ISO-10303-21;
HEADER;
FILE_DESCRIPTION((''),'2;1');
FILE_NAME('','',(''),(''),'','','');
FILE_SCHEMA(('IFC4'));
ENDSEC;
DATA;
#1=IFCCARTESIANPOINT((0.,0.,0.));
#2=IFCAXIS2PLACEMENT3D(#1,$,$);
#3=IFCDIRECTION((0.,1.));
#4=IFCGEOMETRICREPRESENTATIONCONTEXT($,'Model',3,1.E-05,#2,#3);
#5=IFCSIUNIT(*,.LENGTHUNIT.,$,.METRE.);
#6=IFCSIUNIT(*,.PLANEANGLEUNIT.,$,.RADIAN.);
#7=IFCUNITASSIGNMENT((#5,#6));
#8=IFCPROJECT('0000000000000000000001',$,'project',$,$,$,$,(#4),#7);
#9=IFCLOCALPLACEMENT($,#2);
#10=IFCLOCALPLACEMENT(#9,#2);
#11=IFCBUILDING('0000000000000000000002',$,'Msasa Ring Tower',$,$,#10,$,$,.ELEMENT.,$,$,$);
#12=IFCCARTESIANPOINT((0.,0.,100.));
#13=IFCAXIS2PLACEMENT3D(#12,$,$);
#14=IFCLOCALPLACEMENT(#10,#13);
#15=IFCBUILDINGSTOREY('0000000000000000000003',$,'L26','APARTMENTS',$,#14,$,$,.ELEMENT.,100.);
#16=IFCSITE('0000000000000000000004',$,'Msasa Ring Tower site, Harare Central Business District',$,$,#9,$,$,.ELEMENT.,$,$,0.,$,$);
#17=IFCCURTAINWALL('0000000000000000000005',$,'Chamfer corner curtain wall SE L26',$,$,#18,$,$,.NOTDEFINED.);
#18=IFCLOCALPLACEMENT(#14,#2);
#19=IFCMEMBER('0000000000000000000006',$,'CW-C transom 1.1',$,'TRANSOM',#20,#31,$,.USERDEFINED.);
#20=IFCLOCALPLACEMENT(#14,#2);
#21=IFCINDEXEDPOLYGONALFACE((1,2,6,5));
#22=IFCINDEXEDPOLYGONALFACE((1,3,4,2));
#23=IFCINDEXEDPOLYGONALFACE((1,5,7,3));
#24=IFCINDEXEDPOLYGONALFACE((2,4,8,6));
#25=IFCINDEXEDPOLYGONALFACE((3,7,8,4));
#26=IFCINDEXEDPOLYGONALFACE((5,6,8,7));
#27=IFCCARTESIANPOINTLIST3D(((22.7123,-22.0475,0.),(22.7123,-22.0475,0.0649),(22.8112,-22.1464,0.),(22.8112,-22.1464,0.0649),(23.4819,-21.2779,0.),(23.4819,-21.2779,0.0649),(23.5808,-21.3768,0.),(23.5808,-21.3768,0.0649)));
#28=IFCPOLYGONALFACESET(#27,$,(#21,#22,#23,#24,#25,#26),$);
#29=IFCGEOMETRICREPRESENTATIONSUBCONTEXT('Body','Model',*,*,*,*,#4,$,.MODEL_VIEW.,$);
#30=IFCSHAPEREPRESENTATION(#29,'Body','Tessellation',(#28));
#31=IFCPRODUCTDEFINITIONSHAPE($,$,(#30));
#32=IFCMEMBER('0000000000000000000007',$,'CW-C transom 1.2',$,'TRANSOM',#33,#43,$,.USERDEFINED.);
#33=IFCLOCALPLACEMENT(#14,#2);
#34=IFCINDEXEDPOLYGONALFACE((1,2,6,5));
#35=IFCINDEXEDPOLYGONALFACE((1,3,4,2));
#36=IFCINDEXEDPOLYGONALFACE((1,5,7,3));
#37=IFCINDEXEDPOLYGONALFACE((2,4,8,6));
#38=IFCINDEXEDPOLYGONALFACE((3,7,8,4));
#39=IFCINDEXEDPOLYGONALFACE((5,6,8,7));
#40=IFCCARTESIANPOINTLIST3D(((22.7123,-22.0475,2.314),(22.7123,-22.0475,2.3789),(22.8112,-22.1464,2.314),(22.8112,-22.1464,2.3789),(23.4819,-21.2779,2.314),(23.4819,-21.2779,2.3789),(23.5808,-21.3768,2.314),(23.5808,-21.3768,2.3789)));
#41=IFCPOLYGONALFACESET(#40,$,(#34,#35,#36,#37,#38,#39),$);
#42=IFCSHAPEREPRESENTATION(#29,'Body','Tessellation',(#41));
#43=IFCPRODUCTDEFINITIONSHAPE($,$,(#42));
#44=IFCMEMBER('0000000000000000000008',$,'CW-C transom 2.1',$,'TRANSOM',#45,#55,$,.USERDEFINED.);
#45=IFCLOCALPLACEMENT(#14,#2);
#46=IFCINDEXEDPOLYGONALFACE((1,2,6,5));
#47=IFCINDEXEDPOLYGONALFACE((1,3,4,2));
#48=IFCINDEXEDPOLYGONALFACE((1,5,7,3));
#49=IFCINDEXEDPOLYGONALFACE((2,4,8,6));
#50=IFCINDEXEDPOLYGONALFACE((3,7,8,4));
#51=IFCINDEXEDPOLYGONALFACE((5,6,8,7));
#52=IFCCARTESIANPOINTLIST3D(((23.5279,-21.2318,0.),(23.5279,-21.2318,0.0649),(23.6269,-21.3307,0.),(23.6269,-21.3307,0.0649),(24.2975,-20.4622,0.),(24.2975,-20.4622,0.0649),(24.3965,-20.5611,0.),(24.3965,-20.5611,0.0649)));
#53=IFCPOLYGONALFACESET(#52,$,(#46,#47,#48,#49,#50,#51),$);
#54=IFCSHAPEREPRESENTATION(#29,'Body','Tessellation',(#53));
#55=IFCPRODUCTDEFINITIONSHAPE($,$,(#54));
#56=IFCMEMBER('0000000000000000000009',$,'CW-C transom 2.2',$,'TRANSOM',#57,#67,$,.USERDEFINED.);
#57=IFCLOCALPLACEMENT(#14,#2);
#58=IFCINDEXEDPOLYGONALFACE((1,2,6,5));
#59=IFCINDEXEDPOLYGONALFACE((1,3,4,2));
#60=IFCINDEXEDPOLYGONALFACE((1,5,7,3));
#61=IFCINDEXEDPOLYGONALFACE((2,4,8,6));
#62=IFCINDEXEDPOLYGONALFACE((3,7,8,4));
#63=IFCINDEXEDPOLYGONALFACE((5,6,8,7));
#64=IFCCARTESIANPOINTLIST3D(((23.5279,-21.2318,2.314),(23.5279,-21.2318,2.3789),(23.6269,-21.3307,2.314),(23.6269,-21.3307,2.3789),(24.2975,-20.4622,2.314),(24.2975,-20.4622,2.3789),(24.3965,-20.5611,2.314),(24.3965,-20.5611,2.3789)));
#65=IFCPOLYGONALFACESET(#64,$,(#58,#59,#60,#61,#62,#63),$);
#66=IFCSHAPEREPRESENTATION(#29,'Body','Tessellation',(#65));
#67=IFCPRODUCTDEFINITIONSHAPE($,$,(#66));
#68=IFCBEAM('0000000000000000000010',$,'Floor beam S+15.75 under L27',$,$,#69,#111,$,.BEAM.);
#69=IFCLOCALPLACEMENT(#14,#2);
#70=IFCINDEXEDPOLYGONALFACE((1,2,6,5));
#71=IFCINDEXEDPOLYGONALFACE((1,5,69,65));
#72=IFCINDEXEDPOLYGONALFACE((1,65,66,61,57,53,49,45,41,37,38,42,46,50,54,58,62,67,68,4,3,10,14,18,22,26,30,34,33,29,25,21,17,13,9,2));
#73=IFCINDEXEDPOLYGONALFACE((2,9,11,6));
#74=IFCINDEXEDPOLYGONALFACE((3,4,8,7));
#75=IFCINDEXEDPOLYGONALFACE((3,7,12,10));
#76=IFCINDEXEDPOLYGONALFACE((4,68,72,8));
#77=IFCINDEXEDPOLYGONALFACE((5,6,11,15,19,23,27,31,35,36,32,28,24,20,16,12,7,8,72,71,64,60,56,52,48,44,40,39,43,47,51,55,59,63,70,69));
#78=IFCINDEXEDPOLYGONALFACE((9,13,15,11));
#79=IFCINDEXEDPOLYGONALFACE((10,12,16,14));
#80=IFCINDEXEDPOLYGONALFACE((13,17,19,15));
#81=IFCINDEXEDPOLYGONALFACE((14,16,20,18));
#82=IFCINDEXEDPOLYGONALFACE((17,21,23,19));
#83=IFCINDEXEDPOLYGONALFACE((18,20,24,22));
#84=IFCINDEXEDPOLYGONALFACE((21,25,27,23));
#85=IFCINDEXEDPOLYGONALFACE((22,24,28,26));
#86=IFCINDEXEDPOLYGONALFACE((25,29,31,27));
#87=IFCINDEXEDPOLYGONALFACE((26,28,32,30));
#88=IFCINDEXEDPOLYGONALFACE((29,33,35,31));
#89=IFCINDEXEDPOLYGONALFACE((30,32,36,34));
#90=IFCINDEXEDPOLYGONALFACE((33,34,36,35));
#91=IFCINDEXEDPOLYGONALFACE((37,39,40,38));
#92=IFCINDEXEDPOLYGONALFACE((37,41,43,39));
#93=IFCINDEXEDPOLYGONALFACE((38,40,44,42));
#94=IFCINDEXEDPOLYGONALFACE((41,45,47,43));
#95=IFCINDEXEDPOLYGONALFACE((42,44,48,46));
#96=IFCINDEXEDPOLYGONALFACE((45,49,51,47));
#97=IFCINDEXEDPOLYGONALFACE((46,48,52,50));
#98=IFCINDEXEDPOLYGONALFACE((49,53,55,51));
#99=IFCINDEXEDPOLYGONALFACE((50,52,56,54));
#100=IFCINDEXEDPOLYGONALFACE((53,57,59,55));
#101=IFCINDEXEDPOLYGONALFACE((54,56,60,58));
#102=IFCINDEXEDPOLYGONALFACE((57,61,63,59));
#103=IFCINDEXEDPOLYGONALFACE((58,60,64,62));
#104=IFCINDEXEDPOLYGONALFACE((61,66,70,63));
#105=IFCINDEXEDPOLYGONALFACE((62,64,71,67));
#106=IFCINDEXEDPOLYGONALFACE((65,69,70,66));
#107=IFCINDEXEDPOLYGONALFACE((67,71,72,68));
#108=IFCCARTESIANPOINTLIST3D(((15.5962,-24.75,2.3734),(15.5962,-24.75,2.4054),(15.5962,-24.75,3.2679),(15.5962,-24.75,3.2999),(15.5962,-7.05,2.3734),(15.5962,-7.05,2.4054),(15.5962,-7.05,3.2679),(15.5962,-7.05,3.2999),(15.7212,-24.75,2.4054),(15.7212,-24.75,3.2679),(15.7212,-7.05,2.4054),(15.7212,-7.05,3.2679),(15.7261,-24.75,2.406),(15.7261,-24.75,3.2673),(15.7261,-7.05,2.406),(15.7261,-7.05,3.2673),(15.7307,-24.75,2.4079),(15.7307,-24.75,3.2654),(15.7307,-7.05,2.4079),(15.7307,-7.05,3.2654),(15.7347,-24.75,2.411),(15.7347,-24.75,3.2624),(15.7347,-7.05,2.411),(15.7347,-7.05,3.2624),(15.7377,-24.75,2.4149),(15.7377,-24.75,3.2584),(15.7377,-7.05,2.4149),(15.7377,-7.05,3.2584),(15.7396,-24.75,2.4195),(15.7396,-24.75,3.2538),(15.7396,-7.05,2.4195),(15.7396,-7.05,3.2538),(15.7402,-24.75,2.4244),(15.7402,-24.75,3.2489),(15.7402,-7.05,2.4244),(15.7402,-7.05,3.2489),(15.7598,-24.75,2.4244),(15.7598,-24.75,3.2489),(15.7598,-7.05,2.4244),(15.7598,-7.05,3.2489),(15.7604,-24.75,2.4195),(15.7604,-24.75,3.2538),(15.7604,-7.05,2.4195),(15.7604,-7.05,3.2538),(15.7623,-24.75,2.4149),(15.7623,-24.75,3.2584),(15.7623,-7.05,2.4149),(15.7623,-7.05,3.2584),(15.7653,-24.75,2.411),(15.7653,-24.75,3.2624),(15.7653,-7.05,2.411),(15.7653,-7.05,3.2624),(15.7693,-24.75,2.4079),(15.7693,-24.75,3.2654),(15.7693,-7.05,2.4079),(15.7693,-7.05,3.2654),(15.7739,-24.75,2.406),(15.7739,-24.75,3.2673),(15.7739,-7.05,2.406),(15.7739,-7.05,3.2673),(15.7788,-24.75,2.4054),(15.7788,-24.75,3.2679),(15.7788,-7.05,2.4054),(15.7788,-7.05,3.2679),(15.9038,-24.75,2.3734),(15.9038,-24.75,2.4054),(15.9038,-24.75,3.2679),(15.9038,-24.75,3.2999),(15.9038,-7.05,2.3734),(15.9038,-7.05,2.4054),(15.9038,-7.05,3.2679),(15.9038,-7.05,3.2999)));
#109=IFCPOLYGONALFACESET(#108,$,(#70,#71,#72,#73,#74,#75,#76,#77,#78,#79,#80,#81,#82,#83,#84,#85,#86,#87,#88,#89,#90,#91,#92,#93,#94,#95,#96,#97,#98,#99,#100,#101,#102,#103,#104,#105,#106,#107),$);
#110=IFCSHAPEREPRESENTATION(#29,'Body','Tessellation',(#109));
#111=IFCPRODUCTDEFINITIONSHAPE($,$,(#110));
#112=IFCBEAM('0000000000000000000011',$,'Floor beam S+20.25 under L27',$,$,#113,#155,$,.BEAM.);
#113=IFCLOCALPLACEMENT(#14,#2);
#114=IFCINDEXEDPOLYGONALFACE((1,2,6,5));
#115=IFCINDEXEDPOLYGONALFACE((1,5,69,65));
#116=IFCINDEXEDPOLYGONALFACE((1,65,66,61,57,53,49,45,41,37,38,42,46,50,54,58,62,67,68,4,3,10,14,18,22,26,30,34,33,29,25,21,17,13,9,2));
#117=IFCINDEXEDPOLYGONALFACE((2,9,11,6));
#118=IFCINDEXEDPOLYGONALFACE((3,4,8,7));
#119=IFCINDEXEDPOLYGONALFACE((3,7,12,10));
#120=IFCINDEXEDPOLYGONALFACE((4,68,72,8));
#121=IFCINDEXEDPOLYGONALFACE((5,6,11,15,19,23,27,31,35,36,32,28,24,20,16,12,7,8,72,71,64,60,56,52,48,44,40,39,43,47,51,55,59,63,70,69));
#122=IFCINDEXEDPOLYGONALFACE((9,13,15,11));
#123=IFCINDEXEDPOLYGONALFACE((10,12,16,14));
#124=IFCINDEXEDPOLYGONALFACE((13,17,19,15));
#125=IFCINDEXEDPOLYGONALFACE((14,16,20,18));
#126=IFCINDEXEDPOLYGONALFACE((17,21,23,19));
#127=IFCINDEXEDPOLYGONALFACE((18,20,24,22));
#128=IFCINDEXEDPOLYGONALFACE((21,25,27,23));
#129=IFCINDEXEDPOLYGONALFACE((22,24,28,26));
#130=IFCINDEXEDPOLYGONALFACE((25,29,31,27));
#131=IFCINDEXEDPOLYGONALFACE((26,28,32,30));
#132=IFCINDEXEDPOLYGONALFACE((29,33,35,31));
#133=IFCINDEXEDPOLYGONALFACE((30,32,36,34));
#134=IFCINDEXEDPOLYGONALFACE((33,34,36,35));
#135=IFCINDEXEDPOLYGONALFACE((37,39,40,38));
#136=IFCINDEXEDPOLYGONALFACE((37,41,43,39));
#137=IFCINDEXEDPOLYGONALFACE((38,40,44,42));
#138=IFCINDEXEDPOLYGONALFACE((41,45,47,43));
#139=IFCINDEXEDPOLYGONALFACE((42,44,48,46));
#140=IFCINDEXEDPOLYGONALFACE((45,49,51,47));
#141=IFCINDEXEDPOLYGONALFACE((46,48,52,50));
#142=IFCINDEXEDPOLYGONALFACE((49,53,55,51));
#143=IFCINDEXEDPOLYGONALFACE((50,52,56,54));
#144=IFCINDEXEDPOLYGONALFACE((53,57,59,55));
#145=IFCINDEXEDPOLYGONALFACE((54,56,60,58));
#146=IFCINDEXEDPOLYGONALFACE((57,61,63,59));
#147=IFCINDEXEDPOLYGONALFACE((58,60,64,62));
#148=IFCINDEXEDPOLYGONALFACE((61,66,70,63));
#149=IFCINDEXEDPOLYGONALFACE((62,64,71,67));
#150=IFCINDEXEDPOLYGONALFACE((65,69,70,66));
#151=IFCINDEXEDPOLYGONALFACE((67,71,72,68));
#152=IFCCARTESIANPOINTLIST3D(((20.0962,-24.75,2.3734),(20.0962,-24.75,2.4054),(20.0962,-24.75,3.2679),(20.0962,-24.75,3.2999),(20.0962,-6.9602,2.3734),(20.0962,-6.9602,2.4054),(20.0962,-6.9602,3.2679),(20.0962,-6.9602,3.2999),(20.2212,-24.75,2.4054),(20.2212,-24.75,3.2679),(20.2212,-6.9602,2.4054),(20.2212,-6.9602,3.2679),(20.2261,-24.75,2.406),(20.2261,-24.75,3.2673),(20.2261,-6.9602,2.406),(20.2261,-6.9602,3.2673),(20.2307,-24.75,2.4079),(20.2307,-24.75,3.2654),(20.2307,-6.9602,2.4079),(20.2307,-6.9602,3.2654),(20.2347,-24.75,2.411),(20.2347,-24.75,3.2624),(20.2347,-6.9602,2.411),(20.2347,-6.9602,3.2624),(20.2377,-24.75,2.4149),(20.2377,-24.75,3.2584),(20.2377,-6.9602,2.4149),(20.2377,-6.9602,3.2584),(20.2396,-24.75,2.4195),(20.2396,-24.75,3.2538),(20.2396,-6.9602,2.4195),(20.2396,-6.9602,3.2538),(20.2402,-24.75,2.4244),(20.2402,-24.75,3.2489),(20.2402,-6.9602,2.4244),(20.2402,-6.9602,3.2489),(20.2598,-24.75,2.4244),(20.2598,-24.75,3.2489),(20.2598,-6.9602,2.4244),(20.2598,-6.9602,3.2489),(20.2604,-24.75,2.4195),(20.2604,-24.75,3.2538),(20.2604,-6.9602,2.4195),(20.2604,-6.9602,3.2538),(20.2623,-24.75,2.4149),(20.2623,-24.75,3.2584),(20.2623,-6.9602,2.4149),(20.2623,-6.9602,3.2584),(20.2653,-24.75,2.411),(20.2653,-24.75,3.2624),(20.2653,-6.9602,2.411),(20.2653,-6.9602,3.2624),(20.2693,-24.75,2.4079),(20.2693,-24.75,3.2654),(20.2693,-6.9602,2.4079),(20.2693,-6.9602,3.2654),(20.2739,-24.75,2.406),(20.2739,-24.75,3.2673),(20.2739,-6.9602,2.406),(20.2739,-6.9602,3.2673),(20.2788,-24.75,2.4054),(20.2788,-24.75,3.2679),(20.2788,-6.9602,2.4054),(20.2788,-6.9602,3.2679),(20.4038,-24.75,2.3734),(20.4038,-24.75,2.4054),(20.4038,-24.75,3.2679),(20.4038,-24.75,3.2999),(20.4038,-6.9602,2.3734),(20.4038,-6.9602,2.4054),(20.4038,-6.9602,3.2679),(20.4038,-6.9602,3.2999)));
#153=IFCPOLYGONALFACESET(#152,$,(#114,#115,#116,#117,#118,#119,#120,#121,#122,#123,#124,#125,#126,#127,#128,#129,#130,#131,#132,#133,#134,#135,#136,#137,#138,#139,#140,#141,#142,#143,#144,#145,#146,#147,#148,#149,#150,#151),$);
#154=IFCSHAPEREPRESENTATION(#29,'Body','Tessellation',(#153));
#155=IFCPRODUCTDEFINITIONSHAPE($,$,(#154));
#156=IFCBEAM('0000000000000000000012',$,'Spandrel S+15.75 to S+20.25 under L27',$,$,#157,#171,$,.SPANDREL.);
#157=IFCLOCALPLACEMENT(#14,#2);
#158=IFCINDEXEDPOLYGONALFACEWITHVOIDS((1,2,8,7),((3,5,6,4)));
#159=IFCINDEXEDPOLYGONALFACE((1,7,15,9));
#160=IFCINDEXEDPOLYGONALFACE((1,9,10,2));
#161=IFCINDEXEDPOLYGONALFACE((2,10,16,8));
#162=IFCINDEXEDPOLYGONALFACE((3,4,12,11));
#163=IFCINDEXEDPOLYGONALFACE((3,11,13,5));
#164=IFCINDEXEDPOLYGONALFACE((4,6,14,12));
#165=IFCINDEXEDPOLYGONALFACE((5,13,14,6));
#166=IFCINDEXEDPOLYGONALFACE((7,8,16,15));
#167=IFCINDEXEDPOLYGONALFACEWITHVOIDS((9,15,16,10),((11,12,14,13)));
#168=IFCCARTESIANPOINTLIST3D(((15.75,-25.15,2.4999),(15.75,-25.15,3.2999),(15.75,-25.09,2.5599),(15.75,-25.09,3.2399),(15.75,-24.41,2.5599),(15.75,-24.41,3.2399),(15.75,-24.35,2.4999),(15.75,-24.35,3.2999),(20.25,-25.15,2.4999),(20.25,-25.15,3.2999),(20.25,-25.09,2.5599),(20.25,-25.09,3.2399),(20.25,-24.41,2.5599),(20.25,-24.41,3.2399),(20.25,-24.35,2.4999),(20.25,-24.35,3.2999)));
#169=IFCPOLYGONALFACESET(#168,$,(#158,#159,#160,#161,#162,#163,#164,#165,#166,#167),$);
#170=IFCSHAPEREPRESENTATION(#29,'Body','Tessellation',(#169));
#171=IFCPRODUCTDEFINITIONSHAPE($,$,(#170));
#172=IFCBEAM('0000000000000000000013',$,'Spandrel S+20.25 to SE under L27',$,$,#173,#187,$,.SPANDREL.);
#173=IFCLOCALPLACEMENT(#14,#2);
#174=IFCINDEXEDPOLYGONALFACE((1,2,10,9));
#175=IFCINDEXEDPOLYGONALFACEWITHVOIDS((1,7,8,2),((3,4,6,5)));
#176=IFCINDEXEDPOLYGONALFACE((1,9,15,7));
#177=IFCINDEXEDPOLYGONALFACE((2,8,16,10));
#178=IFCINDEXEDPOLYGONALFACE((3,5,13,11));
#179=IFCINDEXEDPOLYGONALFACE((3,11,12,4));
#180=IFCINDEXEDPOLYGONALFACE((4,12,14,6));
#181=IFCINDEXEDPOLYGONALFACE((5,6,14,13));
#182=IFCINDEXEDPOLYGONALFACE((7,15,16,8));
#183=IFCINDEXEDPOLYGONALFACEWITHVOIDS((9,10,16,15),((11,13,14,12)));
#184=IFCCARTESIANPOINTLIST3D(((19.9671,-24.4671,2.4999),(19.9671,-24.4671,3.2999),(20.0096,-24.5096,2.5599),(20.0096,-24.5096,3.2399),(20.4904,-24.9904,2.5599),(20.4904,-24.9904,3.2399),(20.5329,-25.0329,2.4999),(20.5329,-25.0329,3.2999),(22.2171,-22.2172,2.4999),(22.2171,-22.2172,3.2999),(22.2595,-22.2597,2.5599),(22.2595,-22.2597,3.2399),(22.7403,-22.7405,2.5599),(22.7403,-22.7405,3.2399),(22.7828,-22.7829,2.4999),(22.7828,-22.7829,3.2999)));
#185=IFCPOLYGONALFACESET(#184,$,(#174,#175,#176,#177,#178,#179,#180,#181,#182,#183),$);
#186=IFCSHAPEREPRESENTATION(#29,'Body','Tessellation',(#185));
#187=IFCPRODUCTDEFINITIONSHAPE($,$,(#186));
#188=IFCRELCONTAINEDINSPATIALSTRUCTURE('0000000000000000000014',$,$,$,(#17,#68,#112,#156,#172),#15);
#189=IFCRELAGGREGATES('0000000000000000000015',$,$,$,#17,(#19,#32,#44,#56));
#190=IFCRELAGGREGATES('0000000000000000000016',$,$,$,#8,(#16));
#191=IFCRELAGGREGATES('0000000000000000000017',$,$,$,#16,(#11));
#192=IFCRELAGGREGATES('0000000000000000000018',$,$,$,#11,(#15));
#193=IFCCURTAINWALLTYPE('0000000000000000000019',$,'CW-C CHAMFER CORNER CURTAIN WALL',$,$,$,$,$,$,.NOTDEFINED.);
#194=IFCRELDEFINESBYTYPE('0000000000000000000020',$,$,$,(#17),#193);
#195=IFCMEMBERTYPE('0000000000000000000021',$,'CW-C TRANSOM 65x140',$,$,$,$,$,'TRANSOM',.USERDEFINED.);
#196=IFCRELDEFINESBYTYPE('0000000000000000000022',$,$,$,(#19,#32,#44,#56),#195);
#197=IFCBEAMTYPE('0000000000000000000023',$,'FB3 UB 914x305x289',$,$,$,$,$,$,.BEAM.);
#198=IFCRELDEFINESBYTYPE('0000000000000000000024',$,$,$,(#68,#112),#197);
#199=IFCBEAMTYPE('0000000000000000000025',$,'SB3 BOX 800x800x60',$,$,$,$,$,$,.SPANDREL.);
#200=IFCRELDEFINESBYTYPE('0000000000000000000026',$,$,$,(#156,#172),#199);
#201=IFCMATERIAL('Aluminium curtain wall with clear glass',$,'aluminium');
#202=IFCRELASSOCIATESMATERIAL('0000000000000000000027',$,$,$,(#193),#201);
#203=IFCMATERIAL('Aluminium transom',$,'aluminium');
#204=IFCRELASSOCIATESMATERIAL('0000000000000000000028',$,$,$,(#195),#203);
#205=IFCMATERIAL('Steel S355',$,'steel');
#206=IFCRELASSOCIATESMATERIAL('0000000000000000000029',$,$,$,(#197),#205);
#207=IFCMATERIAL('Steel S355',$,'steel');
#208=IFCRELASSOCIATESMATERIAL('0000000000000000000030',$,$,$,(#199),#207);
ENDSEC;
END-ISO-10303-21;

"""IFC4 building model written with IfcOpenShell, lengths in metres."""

from ifc_helpers import new_model, si_unit, direction, frame, origin, origin_2d, place, context, subcontext, project, spatial, rectangle, hollow_rectangle, i_section, extrude, material, material_profile, profile_set, type_object, element, aggregate, save


model = new_model("IFC4")

# Units and contexts
model_context = context("Model", 3, precision=1e-05, world=origin(), true_north=direction((0.0, 1.0)))
body_context = subcontext(model_context, "Body", "Model", "MODEL_VIEW")
ifc_project = project(units=[si_unit("LENGTHUNIT", "METRE"), si_unit("PLANEANGLEUNIT", "RADIAN")], contexts=[model_context])

# Site, building, storey
site_placement = place(None, origin())
site = spatial("IfcSite", under=ifc_project, at=site_placement, Name="Msasa Ring Tower site, Harare Central Business District", CompositionType="ELEMENT", RefElevation=0.0)
building_placement = place(site_placement, origin())
building = spatial("IfcBuilding", under=site, at=building_placement, Name="Msasa Ring Tower", CompositionType="ELEMENT")
storey_placement = place(building_placement, frame((0.0, 0.0, 100.0)))
storey = spatial("IfcBuildingStorey", under=building, at=storey_placement, Name="L26", Description="APARTMENTS", CompositionType="ELEMENT", Elevation=100.0)

# Curtain wall
ifc_material_1 = material(Name="Aluminium curtain wall with clear glass", Category="aluminium")
curtain_wall_type = type_object("IfcCurtainWallType", Name="CW-C CHAMFER CORNER CURTAIN WALL", PredefinedType="NOTDEFINED", material=ifc_material_1)
curtain_wall_1_placement = place(storey_placement, origin())
curtain_wall_1 = element("IfcCurtainWall", 1, at=curtain_wall_1_placement, inside=storey, type_object=curtain_wall_type, Name="Chamfer corner curtain wall SE L26", PredefinedType="NOTDEFINED")

# Members
ifc_material_2 = material(Name="Aluminium transom", Category="aluminium")
ifc_material_profile_1 = material_profile(ifc_material_2, rectangle(XDim=0.1399, YDim=0.0649, at=origin_2d()), Name="AL 65x140")
ifc_profile_set_1 = profile_set([ifc_material_profile_1], Name="Aluminium transom")
member_type_1 = type_object("IfcMemberType", Name="CW-C TRANSOM 65x140", ElementType="TRANSOM", PredefinedType="USERDEFINED", material=ifc_profile_set_1)
member_1_placement = place(storey_placement, frame((22.7617, -22.0969, 0.0325), z_axis=(0.707107, 0.707107, 0.0), x_axis=(-0.707107, 0.707107, 0.0)))
member_1 = element("IfcMember", 2, at=member_1_placement, type_object=member_type_1, Name="CW-C transom 1.1", ObjectType="TRANSOM", PredefinedType="USERDEFINED", context=body_context, shape_type="SweptSolid", body=[
    extrude(rectangle(XDim=0.1399, YDim=0.0649, at=origin_2d()), origin(), (0.0, 0.0, 1.0), 1.0884),
])
member_2_placement = place(storey_placement, frame((22.7617, -22.0969, 2.3464), z_axis=(0.707107, 0.707107, 0.0), x_axis=(-0.707107, 0.707107, 0.0)))
member_2 = element("IfcMember", 3, at=member_2_placement, type_object=member_type_1, Name="CW-C transom 1.2", ObjectType="TRANSOM", PredefinedType="USERDEFINED", context=body_context, shape_type="SweptSolid", body=[
    extrude(rectangle(XDim=0.1399, YDim=0.0649, at=origin_2d()), origin(), (0.0, 0.0, 1.0), 1.0884),
])
member_3_placement = place(storey_placement, frame((23.5774, -21.2812, 0.0325), z_axis=(0.707107, 0.707107, 0.0), x_axis=(-0.707107, 0.707107, 0.0)))
member_3 = element("IfcMember", 4, at=member_3_placement, type_object=member_type_1, Name="CW-C transom 2.1", ObjectType="TRANSOM", PredefinedType="USERDEFINED", context=body_context, shape_type="SweptSolid", body=[
    extrude(rectangle(XDim=0.1399, YDim=0.0649, at=origin_2d()), origin(), (0.0, 0.0, 1.0), 1.0884),
])
member_4_placement = place(storey_placement, frame((23.5774, -21.2812, 2.3464), z_axis=(0.707107, 0.707107, 0.0), x_axis=(-0.707107, 0.707107, 0.0)))
member_4 = element("IfcMember", 5, at=member_4_placement, type_object=member_type_1, Name="CW-C transom 2.2", ObjectType="TRANSOM", PredefinedType="USERDEFINED", context=body_context, shape_type="SweptSolid", body=[
    extrude(rectangle(XDim=0.1399, YDim=0.0649, at=origin_2d()), origin(), (0.0, 0.0, 1.0), 1.0884),
])

# Beams
ifc_material_3 = material(Name="Steel S355", Category="steel")
ifc_material_profile_2 = material_profile(ifc_material_3, i_section(OverallWidth=0.3076, OverallDepth=0.9265, WebThickness=0.0195, FlangeThickness=0.032, FilletRadius=0.019, at=origin_2d()), Name="UB 914x305x289")
ifc_profile_set_2 = profile_set([ifc_material_profile_2], Name="Steel S355")
beam_type_1 = type_object("IfcBeamType", Name="FB3 UB 914x305x289", PredefinedType="BEAM", material=ifc_profile_set_2)
beam_1_placement = place(storey_placement, frame((15.75, -24.75, 2.8367), z_axis=(0.0, 1.0, 0.0), x_axis=(-1.0, 0.0, 0.0)))
element("IfcBeam", 6, at=beam_1_placement, inside=storey, type_object=beam_type_1, Name="Floor beam S+15.75 under L27", PredefinedType="BEAM", context=body_context, shape_type="SweptSolid", body=[
    extrude(i_section(OverallWidth=0.3076, OverallDepth=0.9265, WebThickness=0.0195, FlangeThickness=0.032, FilletRadius=0.019, at=origin_2d()), origin(), (0.0, 0.0, 1.0), 17.7),
])
beam_2_placement = place(storey_placement, frame((20.25, -24.75, 2.8367), z_axis=(0.0, 1.0, 0.0), x_axis=(-1.0, 0.0, 0.0)))
element("IfcBeam", 7, at=beam_2_placement, inside=storey, type_object=beam_type_1, Name="Floor beam S+20.25 under L27", PredefinedType="BEAM", context=body_context, shape_type="SweptSolid", body=[
    extrude(i_section(OverallWidth=0.3076, OverallDepth=0.9265, WebThickness=0.0195, FlangeThickness=0.032, FilletRadius=0.019, at=origin_2d()), origin(), (0.0, 0.0, 1.0), 17.7898),
])
ifc_material_4 = material(Name="Steel S355", Category="steel")
ifc_material_profile_3 = material_profile(ifc_material_4, hollow_rectangle(XDim=0.8, YDim=0.8, WallThickness=0.0601, at=origin_2d()), Name="BOX 800x800x60")
ifc_profile_set_3 = profile_set([ifc_material_profile_3], Name="Steel S355")
beam_type_2 = type_object("IfcBeamType", Name="SB3 BOX 800x800x60", PredefinedType="SPANDREL", material=ifc_profile_set_3)
beam_3_placement = place(storey_placement, frame((15.75, -24.75, 2.8999), z_axis=(1.0, 0.0, 0.0), x_axis=(0.0, 1.0, 0.0)))
element("IfcBeam", 8, at=beam_3_placement, inside=storey, type_object=beam_type_2, Name="Spandrel S+15.75 to S+20.25 under L27", PredefinedType="SPANDREL", context=body_context, shape_type="SweptSolid", body=[
    extrude(hollow_rectangle(XDim=0.8, YDim=0.8, WallThickness=0.0601, at=origin_2d()), origin(), (0.0, 0.0, 1.0), 4.5),
])
for number, where, z_axis, x_axis, name in (
    (9, (20.25, -24.75, 2.8999), (0.707107, 0.707107, 0.0), (-0.707107, 0.707107, 0.0), "Spandrel S+20.25 to SE under L27"),
):
    element("IfcBeam", number, at=place(storey_placement, frame(where, z_axis=z_axis, x_axis=x_axis)), inside=storey, type_object=beam_type_2, Name=name, PredefinedType="SPANDREL", context=body_context, shape_type="SweptSolid", body=[
        extrude(hollow_rectangle(XDim=0.8, YDim=0.8, WallThickness=0.0601, at=origin_2d()), origin(), (0.0, 0.0, 1.0), 3.1819),
    ])

aggregate(curtain_wall_1, [member_1, member_2, member_3, member_4])

save(model, "model.ifc")
